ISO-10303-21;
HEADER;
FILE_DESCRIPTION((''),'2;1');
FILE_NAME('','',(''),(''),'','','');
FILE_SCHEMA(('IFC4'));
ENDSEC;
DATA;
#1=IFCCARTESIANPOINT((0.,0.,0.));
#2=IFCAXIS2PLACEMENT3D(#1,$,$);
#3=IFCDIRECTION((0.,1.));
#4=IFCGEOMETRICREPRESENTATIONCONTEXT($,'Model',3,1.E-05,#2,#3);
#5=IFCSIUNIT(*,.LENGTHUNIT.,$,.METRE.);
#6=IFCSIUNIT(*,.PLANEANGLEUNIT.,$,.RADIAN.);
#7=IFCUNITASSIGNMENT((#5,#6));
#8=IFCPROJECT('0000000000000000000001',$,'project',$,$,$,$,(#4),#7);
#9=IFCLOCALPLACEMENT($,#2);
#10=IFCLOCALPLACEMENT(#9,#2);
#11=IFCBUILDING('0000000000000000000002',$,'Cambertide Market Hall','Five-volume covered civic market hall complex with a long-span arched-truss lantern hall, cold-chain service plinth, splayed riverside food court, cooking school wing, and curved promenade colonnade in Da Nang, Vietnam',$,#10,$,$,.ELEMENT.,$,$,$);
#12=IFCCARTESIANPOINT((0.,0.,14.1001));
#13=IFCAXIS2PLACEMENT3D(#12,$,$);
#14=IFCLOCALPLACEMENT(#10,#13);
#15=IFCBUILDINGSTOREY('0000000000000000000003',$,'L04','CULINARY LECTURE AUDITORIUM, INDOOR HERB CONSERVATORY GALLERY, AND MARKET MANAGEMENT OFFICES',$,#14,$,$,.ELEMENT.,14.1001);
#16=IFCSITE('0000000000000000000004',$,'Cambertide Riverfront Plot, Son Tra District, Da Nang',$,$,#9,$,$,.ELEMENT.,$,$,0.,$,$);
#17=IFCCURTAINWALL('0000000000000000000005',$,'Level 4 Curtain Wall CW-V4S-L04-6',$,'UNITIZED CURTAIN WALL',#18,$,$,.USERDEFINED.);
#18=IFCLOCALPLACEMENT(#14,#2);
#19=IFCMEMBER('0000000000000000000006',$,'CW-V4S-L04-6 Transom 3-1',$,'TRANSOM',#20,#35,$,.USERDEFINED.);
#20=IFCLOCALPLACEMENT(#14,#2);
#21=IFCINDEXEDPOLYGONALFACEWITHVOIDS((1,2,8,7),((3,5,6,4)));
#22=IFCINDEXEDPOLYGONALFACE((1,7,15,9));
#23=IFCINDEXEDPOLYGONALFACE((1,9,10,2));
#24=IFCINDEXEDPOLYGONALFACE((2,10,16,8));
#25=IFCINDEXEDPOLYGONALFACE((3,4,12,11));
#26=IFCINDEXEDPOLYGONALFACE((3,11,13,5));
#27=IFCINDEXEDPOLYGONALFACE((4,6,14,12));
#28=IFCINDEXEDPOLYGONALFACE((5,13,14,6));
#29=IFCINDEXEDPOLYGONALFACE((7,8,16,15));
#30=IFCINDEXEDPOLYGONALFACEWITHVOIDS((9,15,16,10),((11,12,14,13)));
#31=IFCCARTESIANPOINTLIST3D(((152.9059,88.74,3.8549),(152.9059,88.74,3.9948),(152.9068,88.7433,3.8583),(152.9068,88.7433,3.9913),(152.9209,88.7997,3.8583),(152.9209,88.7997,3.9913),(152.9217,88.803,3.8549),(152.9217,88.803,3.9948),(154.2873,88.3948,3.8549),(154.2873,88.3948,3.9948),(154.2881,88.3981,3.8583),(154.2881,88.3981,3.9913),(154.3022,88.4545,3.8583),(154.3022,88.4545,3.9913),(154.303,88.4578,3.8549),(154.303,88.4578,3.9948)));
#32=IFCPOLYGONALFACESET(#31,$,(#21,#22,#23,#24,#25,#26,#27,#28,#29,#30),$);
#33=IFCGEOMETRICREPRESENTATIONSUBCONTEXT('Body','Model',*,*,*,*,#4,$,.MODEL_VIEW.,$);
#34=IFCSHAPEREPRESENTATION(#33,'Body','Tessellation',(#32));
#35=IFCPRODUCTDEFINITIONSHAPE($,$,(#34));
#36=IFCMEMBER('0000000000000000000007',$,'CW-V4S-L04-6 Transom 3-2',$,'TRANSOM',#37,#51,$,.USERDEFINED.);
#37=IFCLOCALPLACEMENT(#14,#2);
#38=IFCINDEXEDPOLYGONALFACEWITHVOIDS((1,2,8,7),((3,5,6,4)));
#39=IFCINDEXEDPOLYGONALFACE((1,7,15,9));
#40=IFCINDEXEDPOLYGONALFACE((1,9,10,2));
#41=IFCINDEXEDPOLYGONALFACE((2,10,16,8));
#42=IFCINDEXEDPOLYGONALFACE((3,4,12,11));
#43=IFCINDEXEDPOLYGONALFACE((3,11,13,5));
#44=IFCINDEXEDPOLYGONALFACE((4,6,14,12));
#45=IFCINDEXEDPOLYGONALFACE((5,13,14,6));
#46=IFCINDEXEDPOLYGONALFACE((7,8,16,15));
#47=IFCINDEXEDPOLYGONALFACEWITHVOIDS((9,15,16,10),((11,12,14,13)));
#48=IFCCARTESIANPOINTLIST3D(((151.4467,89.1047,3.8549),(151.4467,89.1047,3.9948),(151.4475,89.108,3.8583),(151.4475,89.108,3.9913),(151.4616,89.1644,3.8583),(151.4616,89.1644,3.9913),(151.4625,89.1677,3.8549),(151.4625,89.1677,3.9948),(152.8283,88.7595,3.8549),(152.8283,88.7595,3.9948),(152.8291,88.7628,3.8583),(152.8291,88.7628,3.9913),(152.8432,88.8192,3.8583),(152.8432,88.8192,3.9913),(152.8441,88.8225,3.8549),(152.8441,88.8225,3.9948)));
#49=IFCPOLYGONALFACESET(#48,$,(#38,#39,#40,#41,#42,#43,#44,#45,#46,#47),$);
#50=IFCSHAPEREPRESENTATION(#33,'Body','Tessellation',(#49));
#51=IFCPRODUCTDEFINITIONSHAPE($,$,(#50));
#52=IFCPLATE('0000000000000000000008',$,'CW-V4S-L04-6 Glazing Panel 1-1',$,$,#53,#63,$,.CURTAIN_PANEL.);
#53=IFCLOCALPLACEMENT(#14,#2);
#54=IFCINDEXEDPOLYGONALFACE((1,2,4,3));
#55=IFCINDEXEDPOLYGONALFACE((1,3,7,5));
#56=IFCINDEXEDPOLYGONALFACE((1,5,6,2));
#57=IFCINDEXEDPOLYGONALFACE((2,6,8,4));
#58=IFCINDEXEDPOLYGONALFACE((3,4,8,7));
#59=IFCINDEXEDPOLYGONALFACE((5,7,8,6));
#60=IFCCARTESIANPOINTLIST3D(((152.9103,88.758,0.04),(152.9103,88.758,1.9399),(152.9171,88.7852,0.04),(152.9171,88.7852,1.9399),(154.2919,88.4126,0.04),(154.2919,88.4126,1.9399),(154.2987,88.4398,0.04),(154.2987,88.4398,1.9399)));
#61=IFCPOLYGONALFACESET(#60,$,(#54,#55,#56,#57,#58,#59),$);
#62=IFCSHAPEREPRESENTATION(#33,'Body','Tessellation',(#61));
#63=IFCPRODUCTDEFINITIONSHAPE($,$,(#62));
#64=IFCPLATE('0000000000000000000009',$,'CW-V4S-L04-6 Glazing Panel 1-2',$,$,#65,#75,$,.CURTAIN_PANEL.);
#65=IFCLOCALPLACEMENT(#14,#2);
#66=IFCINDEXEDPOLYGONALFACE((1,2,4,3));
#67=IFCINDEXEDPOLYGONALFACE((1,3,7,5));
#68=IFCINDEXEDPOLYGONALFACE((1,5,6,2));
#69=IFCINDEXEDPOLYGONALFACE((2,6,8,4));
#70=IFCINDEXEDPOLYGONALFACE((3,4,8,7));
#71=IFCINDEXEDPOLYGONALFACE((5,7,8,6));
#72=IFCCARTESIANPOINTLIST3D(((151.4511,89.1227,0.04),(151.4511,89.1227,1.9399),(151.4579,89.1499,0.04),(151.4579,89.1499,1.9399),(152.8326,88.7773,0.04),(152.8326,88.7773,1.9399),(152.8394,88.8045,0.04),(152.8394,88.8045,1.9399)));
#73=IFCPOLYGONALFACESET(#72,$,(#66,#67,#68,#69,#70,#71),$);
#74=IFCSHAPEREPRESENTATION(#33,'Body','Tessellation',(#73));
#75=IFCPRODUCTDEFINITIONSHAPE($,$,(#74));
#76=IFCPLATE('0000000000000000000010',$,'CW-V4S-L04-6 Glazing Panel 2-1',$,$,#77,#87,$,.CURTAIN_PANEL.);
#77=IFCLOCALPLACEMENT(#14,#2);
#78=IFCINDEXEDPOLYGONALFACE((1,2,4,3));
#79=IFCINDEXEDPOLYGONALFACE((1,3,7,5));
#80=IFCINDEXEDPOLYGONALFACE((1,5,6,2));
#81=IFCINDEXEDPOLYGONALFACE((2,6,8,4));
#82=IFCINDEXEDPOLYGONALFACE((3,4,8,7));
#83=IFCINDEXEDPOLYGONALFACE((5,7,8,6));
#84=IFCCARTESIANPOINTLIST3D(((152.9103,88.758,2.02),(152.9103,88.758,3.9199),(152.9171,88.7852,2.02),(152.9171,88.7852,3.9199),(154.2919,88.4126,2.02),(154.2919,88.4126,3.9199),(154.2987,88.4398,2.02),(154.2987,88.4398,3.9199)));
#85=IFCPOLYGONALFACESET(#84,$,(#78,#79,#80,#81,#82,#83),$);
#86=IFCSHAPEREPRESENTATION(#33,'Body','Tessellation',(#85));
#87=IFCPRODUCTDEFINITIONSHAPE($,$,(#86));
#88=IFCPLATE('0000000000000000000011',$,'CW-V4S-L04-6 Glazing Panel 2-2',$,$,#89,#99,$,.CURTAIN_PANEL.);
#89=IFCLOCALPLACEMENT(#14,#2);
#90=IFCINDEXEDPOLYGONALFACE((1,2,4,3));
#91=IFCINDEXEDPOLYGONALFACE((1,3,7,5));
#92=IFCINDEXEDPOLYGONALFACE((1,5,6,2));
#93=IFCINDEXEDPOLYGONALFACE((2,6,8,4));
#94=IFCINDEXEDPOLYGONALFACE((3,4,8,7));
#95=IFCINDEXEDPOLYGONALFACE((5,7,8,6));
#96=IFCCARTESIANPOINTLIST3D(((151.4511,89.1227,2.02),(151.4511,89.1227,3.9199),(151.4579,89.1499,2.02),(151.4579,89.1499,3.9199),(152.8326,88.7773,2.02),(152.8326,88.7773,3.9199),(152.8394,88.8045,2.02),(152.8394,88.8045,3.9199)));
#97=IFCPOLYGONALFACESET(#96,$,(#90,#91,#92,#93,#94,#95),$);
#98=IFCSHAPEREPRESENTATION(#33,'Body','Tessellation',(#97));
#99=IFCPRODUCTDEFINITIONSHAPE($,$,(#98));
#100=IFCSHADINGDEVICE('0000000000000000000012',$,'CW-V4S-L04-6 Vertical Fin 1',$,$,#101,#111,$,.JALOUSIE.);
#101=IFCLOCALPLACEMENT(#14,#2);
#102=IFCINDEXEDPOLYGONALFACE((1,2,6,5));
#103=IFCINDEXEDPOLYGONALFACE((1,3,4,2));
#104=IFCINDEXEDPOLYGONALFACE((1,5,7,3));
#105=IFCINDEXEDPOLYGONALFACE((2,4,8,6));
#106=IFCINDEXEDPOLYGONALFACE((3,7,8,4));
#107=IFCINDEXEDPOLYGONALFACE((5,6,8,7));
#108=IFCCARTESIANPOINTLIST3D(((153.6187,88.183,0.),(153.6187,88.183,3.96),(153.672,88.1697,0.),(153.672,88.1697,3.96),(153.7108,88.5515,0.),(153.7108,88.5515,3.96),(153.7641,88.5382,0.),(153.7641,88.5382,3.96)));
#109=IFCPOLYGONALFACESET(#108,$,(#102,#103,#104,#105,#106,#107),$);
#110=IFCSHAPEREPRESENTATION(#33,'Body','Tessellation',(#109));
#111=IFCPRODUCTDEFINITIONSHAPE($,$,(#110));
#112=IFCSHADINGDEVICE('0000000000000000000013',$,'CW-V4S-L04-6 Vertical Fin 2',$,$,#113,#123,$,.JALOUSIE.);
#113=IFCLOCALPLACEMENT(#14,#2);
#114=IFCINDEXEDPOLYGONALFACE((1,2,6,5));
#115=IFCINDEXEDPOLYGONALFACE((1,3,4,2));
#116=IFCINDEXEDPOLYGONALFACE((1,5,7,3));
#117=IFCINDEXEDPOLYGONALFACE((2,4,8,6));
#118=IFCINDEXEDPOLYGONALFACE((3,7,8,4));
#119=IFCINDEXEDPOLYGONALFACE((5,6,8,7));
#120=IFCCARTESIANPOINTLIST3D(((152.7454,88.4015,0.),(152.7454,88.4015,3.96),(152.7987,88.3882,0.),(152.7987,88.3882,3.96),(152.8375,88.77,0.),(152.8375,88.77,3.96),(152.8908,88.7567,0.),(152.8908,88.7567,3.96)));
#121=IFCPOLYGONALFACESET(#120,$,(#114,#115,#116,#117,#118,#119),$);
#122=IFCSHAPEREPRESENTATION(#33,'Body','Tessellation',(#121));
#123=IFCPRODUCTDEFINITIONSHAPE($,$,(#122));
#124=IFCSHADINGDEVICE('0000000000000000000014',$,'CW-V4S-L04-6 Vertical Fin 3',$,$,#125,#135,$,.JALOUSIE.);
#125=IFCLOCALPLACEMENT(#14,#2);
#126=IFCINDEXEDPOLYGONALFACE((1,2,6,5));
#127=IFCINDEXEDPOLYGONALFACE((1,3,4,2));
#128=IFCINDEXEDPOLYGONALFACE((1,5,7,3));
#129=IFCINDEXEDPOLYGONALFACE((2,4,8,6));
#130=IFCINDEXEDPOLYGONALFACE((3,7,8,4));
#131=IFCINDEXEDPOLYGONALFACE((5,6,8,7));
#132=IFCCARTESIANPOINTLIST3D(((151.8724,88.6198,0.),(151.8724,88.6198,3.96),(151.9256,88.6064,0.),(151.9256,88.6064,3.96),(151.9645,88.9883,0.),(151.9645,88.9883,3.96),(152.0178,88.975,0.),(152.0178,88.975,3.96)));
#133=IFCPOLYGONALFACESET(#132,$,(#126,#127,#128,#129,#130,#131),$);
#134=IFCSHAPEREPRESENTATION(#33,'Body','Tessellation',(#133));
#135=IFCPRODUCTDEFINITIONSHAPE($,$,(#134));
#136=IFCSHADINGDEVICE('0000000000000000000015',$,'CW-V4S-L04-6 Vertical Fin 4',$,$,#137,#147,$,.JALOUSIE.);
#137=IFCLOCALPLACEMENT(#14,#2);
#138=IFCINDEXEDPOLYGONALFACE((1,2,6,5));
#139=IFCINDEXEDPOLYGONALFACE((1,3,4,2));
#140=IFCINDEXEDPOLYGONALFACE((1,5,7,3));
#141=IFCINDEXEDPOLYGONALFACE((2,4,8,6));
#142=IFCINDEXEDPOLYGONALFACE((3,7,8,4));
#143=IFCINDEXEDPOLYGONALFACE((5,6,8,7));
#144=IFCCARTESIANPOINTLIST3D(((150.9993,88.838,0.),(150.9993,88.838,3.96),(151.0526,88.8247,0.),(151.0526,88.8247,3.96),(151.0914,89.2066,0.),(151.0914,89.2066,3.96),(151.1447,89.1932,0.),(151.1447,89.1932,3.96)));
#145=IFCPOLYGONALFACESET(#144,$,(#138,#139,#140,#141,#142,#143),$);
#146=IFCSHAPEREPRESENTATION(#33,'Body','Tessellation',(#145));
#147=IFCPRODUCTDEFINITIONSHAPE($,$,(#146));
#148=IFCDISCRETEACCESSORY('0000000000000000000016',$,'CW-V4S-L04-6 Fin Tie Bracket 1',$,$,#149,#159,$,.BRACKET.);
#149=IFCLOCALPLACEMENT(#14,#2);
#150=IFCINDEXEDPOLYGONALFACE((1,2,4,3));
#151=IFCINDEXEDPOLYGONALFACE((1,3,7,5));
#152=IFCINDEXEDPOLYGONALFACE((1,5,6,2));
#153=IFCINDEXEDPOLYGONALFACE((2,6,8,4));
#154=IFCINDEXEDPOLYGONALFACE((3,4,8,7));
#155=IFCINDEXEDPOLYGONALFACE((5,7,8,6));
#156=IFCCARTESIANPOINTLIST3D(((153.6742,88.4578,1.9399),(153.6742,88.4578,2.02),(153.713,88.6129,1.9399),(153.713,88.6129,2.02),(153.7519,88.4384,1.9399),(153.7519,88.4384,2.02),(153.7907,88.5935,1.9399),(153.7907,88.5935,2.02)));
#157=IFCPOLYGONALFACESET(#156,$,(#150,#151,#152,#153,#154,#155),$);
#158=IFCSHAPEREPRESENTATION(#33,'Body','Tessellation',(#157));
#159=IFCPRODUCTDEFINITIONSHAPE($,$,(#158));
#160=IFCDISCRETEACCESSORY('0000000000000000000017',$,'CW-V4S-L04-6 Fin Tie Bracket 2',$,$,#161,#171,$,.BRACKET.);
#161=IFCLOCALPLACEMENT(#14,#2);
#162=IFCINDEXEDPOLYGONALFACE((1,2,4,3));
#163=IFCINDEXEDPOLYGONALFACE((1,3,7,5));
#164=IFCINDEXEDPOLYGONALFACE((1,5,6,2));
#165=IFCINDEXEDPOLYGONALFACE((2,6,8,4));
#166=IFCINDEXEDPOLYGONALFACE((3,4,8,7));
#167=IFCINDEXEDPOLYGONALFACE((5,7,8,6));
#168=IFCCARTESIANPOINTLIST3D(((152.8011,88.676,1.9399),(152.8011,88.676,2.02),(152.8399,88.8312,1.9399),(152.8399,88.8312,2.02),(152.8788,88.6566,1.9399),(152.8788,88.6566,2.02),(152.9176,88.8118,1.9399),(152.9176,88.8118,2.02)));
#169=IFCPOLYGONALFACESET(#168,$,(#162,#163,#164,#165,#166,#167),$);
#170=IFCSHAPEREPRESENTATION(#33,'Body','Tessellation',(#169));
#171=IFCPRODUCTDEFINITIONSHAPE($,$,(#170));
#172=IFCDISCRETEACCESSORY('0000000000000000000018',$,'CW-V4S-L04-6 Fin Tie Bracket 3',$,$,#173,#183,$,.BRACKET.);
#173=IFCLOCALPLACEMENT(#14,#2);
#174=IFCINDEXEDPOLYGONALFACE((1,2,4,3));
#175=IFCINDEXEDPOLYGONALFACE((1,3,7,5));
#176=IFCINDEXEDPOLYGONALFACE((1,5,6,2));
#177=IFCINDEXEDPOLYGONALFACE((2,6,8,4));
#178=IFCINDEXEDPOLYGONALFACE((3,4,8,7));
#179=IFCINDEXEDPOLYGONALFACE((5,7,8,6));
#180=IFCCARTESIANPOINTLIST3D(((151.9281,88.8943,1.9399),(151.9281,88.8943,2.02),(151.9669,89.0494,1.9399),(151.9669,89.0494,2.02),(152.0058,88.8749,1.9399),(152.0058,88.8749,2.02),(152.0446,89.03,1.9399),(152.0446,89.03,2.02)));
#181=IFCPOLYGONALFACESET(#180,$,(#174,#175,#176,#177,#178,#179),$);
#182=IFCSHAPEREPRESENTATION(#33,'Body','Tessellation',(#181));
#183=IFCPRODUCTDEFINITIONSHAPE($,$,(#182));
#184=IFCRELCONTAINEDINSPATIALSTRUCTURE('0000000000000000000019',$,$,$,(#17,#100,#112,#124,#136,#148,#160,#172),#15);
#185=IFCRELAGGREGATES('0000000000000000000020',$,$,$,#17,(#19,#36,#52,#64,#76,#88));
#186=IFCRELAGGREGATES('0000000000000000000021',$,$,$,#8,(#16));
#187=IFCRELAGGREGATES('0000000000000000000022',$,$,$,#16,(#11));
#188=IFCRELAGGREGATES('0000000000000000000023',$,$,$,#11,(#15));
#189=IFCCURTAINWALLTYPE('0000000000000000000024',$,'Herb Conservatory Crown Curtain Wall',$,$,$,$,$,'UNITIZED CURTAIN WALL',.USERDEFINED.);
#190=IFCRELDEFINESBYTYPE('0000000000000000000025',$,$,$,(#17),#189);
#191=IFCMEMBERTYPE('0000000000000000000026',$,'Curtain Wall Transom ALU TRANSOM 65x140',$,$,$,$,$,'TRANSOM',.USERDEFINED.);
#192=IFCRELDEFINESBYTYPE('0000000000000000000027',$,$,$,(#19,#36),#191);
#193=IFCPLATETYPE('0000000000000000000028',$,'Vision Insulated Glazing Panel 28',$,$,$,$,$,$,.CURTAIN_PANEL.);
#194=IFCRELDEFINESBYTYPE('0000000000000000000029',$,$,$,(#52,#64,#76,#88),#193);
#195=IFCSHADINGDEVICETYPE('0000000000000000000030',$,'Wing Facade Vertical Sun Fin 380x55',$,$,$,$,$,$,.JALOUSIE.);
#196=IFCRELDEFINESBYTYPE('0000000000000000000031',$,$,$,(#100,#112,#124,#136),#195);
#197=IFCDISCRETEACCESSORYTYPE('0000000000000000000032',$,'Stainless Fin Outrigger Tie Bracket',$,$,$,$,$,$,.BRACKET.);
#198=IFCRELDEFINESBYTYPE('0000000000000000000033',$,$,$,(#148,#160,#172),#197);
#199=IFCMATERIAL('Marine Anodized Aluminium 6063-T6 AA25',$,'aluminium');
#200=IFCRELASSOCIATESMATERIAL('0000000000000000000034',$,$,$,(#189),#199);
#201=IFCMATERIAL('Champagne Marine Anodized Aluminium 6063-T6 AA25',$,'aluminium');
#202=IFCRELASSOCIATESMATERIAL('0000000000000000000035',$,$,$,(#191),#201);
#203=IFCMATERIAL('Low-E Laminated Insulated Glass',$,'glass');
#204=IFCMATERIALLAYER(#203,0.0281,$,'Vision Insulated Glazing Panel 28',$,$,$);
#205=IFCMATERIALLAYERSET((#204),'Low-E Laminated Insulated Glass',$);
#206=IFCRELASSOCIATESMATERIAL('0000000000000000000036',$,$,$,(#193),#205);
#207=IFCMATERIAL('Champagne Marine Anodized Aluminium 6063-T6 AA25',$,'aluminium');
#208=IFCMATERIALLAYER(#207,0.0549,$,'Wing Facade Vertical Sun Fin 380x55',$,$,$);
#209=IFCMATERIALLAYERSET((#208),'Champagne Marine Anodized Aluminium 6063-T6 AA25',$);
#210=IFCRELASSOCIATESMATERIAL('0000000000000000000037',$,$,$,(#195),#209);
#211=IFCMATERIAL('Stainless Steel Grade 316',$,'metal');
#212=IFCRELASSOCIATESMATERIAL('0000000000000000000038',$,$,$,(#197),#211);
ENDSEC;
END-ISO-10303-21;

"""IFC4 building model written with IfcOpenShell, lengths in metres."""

from ifc_helpers import new_model, si_unit, direction, frame, origin, origin_2d, place, context, subcontext, project, spatial, rectangle, hollow_rectangle, extrude, material, layer, layer_set, material_profile, profile_set, type_object, element, aggregate, save


model = new_model("IFC4")

# Units and contexts
model_context = context("Model", 3, precision=1e-05, world=origin(), true_north=direction((0.0, 1.0)))
body_context = subcontext(model_context, "Body", "Model", "MODEL_VIEW")
ifc_project = project(units=[si_unit("LENGTHUNIT", "METRE"), si_unit("PLANEANGLEUNIT", "RADIAN")], contexts=[model_context])

# Site, building, storey
site_placement = place(None, origin())
site = spatial("IfcSite", under=ifc_project, at=site_placement, Name="Cambertide Riverfront Plot, Son Tra District, Da Nang", CompositionType="ELEMENT", RefElevation=0.0)
building_placement = place(site_placement, origin())
building = spatial("IfcBuilding", under=site, at=building_placement, Name="Cambertide Market Hall", Description="Five-volume covered civic market hall complex with a long-span arched-truss lantern hall, cold-chain service plinth, splayed riverside food court, cooking school wing, and curved promenade colonnade in Da Nang, Vietnam", CompositionType="ELEMENT")
storey_placement = place(building_placement, frame((0.0, 0.0, 14.1001)))
storey = spatial("IfcBuildingStorey", under=building, at=storey_placement, Name="L04", Description="CULINARY LECTURE AUDITORIUM, INDOOR HERB CONSERVATORY GALLERY, AND MARKET MANAGEMENT OFFICES", CompositionType="ELEMENT", Elevation=14.1001)

# Curtain wall, members, plates
ifc_material_1 = material(Name="Marine Anodized Aluminium 6063-T6 AA25", Category="aluminium")
curtain_wall_type = type_object("IfcCurtainWallType", Name="Herb Conservatory Crown Curtain Wall", ElementType="UNITIZED CURTAIN WALL", PredefinedType="USERDEFINED", material=ifc_material_1)
curtain_wall_placement = place(storey_placement, origin())
curtain_wall = element("IfcCurtainWall", 1, at=curtain_wall_placement, inside=storey, type_object=curtain_wall_type, Name="Level 4 Curtain Wall CW-V4S-L04-6", ObjectType="UNITIZED CURTAIN WALL", PredefinedType="USERDEFINED")
ifc_material_2 = material(Name="Champagne Marine Anodized Aluminium 6063-T6 AA25", Category="aluminium")
ifc_material_profile_1 = material_profile(ifc_material_2, hollow_rectangle(XDim=0.0649, YDim=0.1399, WallThickness=0.0034, at=origin_2d()), Name="ALU TRANSOM 65x140")
ifc_profile_set_1 = profile_set([ifc_material_profile_1], Name="Champagne Marine Anodized Aluminium 6063-T6 AA25")
member_type_1 = type_object("IfcMemberType", Name="Curtain Wall Transom ALU TRANSOM 65x140", ElementType="TRANSOM", PredefinedType="USERDEFINED", material=ifc_profile_set_1)
member_1_placement = place(storey_placement, frame((154.2952, 88.4263, 3.9248), z_axis=(-0.970163, 0.242455, 0.0), x_axis=(-0.242455, -0.970163, 0.0)))
member_1 = element("IfcMember", 2, at=member_1_placement, type_object=member_type_1, Name="CW-V4S-L04-6 Transom 3-1", ObjectType="TRANSOM", PredefinedType="USERDEFINED", context=body_context, shape_type="SweptSolid", body=[
    extrude(hollow_rectangle(XDim=0.0649, YDim=0.1399, WallThickness=0.0034, at=origin_2d()), origin(), (0.0, 0.0, 1.0), 1.4238),
])
member_2_placement = place(storey_placement, frame((152.8362, 88.791, 3.9248), z_axis=(-0.970173, 0.242415, 0.0), x_axis=(-0.242415, -0.970173, 0.0)))
member_2 = element("IfcMember", 3, at=member_2_placement, type_object=member_type_1, Name="CW-V4S-L04-6 Transom 3-2", ObjectType="TRANSOM", PredefinedType="USERDEFINED", context=body_context, shape_type="SweptSolid", body=[
    extrude(hollow_rectangle(XDim=0.0649, YDim=0.1399, WallThickness=0.0034, at=origin_2d()), origin(), (0.0, 0.0, 1.0), 1.4241),
])
ifc_material_3 = material(Name="Low-E Laminated Insulated Glass", Category="glass")
ifc_layer_1 = layer(ifc_material_3, 0.0281, Name="Vision Insulated Glazing Panel 28")
ifc_layer_set_1 = layer_set([ifc_layer_1], Name="Low-E Laminated Insulated Glass")
plate_type = type_object("IfcPlateType", Name="Vision Insulated Glazing Panel 28", PredefinedType="CURTAIN_PANEL", material=ifc_layer_set_1)
plate_1_placement = place(storey_placement, frame((153.6045, 88.5989, 0.04), z_axis=(0.0, 0.0, 1.0), x_axis=(-0.970143, 0.242535, 0.0)))
plate_1 = element("IfcPlate", 4, at=plate_1_placement, type_object=plate_type, Name="CW-V4S-L04-6 Glazing Panel 1-1", PredefinedType="CURTAIN_PANEL", context=body_context, shape_type="SweptSolid", body=[
    extrude(rectangle(XDim=1.4241, YDim=0.0281, at=origin_2d()), origin(), (0.0, 0.0, 1.0), 1.8999),
])
plate_2_placement = place(storey_placement, frame((152.1453, 88.9636, 0.04), z_axis=(0.0, 0.0, 1.0), x_axis=(-0.970143, 0.242535, 0.0)))
plate_2 = element("IfcPlate", 5, at=plate_2_placement, type_object=plate_type, Name="CW-V4S-L04-6 Glazing Panel 1-2", PredefinedType="CURTAIN_PANEL", context=body_context, shape_type="SweptSolid", body=[
    extrude(rectangle(XDim=1.4241, YDim=0.0281, at=origin_2d()), origin(), (0.0, 0.0, 1.0), 1.8999),
])
plate_3_placement = place(storey_placement, frame((153.6045, 88.5989, 2.02), z_axis=(0.0, 0.0, 1.0), x_axis=(-0.970143, 0.242535, 0.0)))
plate_3 = element("IfcPlate", 6, at=plate_3_placement, type_object=plate_type, Name="CW-V4S-L04-6 Glazing Panel 2-1", PredefinedType="CURTAIN_PANEL", context=body_context, shape_type="SweptSolid", body=[
    extrude(rectangle(XDim=1.4241, YDim=0.0281, at=origin_2d()), origin(), (0.0, 0.0, 1.0), 1.8999),
])
plate_4_placement = place(storey_placement, frame((152.1453, 88.9636, 2.02), z_axis=(0.0, 0.0, 1.0), x_axis=(-0.970143, 0.242535, 0.0)))
plate_4 = element("IfcPlate", 7, at=plate_4_placement, type_object=plate_type, Name="CW-V4S-L04-6 Glazing Panel 2-2", PredefinedType="CURTAIN_PANEL", context=body_context, shape_type="SweptSolid", body=[
    extrude(rectangle(XDim=1.4241, YDim=0.0281, at=origin_2d()), origin(), (0.0, 0.0, 1.0), 1.8999),
])
aggregate(curtain_wall, [member_1, member_2, plate_1, plate_2, plate_3, plate_4])

# Shading devices
ifc_material_4 = material(Name="Champagne Marine Anodized Aluminium 6063-T6 AA25", Category="aluminium")
ifc_layer_2 = layer(ifc_material_4, 0.0549, Name="Wing Facade Vertical Sun Fin 380x55")
ifc_layer_set_2 = layer_set([ifc_layer_2], Name="Champagne Marine Anodized Aluminium 6063-T6 AA25")
shading_device_type = type_object("IfcShadingDeviceType", Name="Wing Facade Vertical Sun Fin 380x55", PredefinedType="JALOUSIE", material=ifc_layer_set_2)
for number, where, z_axis, x_axis, name in (
    (8, (153.6914, 88.3606, 0.0), (0.0, 0.0, 1.0), (-0.970143, 0.242535, 0.0), "CW-V4S-L04-6 Vertical Fin 1"),
    (9, (152.8181, 88.5791, 0.0), (0.0, 0.0, 1.0), (-0.970143, 0.242535, 0.0), "CW-V4S-L04-6 Vertical Fin 2"),
    (10, (151.9451, 88.7974, 0.0), (0.0, 0.0, 1.0), (-0.970143, 0.242535, 0.0), "CW-V4S-L04-6 Vertical Fin 3"),
    (11, (151.072, 89.0156, 0.0), (0.0, 0.0, 1.0), (-0.970143, 0.242535, 0.0), "CW-V4S-L04-6 Vertical Fin 4"),
):
    element("IfcShadingDevice", number, at=place(storey_placement, frame(where, z_axis=z_axis, x_axis=x_axis)), inside=storey, type_object=shading_device_type, Name=name, PredefinedType="JALOUSIE", context=body_context, shape_type="SweptSolid", body=[
        extrude(rectangle(XDim=0.0549, YDim=0.3799, at=origin_2d()), origin(), (0.0, 0.0, 1.0), 3.96),
    ])

# Discrete accessories
ifc_material_5 = material(Name="Stainless Steel Grade 316", Category="metal")
discrete_accessory_type = type_object("IfcDiscreteAccessoryType", Name="Stainless Fin Outrigger Tie Bracket", PredefinedType="BRACKET", material=ifc_material_5)
for number, where, z_axis, x_axis, name in (
    (12, (153.7324, 88.5256, 1.9399), (0.0, 0.0, 1.0), (-0.970143, 0.242535, 0.0), "CW-V4S-L04-6 Fin Tie Bracket 1"),
    (13, (152.8594, 88.7439, 1.9399), (0.0, 0.0, 1.0), (-0.970143, 0.242535, 0.0), "CW-V4S-L04-6 Fin Tie Bracket 2"),
    (14, (151.9863, 88.9622, 1.9399), (0.0, 0.0, 1.0), (-0.970143, 0.242535, 0.0), "CW-V4S-L04-6 Fin Tie Bracket 3"),
):
    element("IfcDiscreteAccessory", number, at=place(storey_placement, frame(where, z_axis=z_axis, x_axis=x_axis)), inside=storey, type_object=discrete_accessory_type, Name=name, PredefinedType="BRACKET", context=body_context, shape_type="SweptSolid", body=[
        extrude(rectangle(XDim=0.0801, YDim=0.1599, at=origin_2d()), origin(), (0.0, 0.0, 1.0), 0.0801),
    ])

save(model, "model.ifc")
